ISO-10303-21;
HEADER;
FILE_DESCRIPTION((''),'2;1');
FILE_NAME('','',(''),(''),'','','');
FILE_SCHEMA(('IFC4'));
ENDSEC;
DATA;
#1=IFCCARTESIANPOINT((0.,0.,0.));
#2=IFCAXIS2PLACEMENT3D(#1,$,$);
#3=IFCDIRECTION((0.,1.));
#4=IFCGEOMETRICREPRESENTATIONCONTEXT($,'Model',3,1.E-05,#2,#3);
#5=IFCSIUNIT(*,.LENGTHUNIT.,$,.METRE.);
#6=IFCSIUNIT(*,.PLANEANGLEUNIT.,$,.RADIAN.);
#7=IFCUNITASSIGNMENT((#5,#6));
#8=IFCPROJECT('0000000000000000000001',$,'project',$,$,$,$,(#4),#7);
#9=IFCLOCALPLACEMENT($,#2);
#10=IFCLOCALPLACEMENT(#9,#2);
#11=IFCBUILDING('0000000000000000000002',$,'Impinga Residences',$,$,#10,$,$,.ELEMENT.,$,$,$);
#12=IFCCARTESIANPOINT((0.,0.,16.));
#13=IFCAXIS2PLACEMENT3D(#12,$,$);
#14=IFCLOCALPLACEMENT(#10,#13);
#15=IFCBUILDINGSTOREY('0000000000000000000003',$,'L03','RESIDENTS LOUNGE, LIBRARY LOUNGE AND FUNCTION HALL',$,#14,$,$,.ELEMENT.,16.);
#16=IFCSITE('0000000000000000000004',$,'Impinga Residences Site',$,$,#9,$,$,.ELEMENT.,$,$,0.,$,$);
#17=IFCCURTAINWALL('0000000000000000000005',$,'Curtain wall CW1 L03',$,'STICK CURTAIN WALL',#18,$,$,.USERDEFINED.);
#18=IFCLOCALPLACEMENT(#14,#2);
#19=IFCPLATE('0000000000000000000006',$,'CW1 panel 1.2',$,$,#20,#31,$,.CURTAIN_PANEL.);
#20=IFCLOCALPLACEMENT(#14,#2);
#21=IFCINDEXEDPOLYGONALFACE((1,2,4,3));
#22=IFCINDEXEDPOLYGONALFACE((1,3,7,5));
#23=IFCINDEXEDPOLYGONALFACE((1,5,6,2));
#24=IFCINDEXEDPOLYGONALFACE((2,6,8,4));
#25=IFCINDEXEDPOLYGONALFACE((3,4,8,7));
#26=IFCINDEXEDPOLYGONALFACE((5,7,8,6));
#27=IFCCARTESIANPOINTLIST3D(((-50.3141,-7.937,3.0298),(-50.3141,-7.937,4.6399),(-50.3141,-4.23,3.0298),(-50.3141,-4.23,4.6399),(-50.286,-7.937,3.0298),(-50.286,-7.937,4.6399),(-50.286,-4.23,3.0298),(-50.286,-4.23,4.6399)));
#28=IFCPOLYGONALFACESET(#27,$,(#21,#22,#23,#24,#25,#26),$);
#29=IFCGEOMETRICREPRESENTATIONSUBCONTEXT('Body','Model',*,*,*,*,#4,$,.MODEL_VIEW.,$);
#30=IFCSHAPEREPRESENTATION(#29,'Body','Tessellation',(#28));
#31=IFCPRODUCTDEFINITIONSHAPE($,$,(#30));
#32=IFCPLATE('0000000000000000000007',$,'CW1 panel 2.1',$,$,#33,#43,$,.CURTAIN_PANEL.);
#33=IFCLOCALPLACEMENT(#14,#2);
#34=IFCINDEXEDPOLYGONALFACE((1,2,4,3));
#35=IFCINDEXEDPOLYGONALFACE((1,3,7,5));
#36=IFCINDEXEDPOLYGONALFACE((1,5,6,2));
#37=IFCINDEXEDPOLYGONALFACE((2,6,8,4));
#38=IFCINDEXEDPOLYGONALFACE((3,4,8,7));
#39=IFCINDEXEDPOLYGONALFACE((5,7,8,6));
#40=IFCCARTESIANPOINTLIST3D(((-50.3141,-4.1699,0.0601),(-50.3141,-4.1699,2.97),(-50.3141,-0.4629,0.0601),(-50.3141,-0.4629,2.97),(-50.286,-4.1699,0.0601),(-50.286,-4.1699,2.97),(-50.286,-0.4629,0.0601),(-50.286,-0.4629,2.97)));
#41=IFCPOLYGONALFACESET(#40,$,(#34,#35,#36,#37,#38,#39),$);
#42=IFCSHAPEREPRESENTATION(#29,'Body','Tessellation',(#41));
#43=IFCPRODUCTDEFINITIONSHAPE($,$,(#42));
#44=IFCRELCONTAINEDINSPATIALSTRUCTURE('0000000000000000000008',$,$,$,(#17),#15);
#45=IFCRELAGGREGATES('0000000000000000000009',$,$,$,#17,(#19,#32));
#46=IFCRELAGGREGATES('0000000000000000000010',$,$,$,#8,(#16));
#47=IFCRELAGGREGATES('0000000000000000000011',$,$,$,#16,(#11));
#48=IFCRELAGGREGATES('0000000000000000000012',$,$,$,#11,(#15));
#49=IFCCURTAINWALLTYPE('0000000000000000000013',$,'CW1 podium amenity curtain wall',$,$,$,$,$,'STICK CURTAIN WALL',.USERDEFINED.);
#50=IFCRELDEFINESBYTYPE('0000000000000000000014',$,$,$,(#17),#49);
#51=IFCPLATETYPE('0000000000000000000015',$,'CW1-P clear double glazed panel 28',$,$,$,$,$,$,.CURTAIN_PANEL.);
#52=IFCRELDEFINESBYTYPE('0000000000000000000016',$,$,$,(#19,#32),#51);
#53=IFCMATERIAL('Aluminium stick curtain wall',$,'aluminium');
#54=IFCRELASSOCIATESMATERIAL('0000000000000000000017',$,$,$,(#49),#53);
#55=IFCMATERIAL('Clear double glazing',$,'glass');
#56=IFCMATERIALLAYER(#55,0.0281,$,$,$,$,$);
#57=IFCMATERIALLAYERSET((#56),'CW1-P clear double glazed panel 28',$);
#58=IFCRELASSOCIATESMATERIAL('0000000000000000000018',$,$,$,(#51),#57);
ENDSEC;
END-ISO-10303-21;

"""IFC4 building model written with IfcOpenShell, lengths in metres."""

from ifc_helpers import new_model, si_unit, direction, frame, origin, origin_2d, place, context, subcontext, project, spatial, rectangle, extrude, material, layer, layer_set, type_object, element, aggregate, save


model = new_model("IFC4")

# Units and contexts
model_context = context("Model", 3, precision=1e-05, world=origin(), true_north=direction((0.0, 1.0)))
body_context = subcontext(model_context, "Body", "Model", "MODEL_VIEW")
ifc_project = project(units=[si_unit("LENGTHUNIT", "METRE"), si_unit("PLANEANGLEUNIT", "RADIAN")], contexts=[model_context])

# Site, building, storey
site_placement = place(None, origin())
site = spatial("IfcSite", under=ifc_project, at=site_placement, Name="Impinga Residences Site", CompositionType="ELEMENT", RefElevation=0.0)
building_placement = place(site_placement, origin())
building = spatial("IfcBuilding", under=site, at=building_placement, Name="Impinga Residences", CompositionType="ELEMENT")
storey_placement = place(building_placement, frame((0.0, 0.0, 16.0)))
storey = spatial("IfcBuildingStorey", under=building, at=storey_placement, Name="L03", Description="RESIDENTS LOUNGE, LIBRARY LOUNGE AND FUNCTION HALL", CompositionType="ELEMENT", Elevation=16.0)

# Curtain wall
ifc_material_1 = material(Name="Aluminium stick curtain wall", Category="aluminium")
curtain_wall_type = type_object("IfcCurtainWallType", Name="CW1 podium amenity curtain wall", ElementType="STICK CURTAIN WALL", PredefinedType="USERDEFINED", material=ifc_material_1)
curtain_wall_1_placement = place(storey_placement, origin())
curtain_wall_1 = element("IfcCurtainWall", 1, at=curtain_wall_1_placement, inside=storey, type_object=curtain_wall_type, Name="Curtain wall CW1 L03", ObjectType="STICK CURTAIN WALL", PredefinedType="USERDEFINED")

# Plates
ifc_material_2 = material(Name="Clear double glazing", Category="glass")
ifc_layer = layer(ifc_material_2, 0.0281)
ifc_layer_set = layer_set([ifc_layer], Name="CW1-P clear double glazed panel 28")
plate_type = type_object("IfcPlateType", Name="CW1-P clear double glazed panel 28", PredefinedType="CURTAIN_PANEL", material=ifc_layer_set)
plate_1_placement = place(storey_placement, frame((-50.3, -6.0835, 3.0298), z_axis=(0.0, 0.0, 1.0), x_axis=(0.0, 1.0, 0.0)))
plate_1 = element("IfcPlate", 2, at=plate_1_placement, type_object=plate_type, Name="CW1 panel 1.2", PredefinedType="CURTAIN_PANEL", context=body_context, shape_type="SweptSolid", body=[
    extrude(rectangle(XDim=3.707, YDim=0.0281, at=origin_2d()), origin(), (0.0, 0.0, 1.0), 1.6101),
])
plate_2_placement = place(storey_placement, frame((-50.3, -2.3164, 0.0601), z_axis=(0.0, 0.0, 1.0), x_axis=(0.0, 1.0, 0.0)))
plate_2 = element("IfcPlate", 3, at=plate_2_placement, type_object=plate_type, Name="CW1 panel 2.1", PredefinedType="CURTAIN_PANEL", context=body_context, shape_type="SweptSolid", body=[
    extrude(rectangle(XDim=3.707, YDim=0.0281, at=origin_2d()), origin(), (0.0, 0.0, 1.0), 2.9099),
])
aggregate(curtain_wall_1, [plate_1, plate_2])

save(model, "model.ifc")
